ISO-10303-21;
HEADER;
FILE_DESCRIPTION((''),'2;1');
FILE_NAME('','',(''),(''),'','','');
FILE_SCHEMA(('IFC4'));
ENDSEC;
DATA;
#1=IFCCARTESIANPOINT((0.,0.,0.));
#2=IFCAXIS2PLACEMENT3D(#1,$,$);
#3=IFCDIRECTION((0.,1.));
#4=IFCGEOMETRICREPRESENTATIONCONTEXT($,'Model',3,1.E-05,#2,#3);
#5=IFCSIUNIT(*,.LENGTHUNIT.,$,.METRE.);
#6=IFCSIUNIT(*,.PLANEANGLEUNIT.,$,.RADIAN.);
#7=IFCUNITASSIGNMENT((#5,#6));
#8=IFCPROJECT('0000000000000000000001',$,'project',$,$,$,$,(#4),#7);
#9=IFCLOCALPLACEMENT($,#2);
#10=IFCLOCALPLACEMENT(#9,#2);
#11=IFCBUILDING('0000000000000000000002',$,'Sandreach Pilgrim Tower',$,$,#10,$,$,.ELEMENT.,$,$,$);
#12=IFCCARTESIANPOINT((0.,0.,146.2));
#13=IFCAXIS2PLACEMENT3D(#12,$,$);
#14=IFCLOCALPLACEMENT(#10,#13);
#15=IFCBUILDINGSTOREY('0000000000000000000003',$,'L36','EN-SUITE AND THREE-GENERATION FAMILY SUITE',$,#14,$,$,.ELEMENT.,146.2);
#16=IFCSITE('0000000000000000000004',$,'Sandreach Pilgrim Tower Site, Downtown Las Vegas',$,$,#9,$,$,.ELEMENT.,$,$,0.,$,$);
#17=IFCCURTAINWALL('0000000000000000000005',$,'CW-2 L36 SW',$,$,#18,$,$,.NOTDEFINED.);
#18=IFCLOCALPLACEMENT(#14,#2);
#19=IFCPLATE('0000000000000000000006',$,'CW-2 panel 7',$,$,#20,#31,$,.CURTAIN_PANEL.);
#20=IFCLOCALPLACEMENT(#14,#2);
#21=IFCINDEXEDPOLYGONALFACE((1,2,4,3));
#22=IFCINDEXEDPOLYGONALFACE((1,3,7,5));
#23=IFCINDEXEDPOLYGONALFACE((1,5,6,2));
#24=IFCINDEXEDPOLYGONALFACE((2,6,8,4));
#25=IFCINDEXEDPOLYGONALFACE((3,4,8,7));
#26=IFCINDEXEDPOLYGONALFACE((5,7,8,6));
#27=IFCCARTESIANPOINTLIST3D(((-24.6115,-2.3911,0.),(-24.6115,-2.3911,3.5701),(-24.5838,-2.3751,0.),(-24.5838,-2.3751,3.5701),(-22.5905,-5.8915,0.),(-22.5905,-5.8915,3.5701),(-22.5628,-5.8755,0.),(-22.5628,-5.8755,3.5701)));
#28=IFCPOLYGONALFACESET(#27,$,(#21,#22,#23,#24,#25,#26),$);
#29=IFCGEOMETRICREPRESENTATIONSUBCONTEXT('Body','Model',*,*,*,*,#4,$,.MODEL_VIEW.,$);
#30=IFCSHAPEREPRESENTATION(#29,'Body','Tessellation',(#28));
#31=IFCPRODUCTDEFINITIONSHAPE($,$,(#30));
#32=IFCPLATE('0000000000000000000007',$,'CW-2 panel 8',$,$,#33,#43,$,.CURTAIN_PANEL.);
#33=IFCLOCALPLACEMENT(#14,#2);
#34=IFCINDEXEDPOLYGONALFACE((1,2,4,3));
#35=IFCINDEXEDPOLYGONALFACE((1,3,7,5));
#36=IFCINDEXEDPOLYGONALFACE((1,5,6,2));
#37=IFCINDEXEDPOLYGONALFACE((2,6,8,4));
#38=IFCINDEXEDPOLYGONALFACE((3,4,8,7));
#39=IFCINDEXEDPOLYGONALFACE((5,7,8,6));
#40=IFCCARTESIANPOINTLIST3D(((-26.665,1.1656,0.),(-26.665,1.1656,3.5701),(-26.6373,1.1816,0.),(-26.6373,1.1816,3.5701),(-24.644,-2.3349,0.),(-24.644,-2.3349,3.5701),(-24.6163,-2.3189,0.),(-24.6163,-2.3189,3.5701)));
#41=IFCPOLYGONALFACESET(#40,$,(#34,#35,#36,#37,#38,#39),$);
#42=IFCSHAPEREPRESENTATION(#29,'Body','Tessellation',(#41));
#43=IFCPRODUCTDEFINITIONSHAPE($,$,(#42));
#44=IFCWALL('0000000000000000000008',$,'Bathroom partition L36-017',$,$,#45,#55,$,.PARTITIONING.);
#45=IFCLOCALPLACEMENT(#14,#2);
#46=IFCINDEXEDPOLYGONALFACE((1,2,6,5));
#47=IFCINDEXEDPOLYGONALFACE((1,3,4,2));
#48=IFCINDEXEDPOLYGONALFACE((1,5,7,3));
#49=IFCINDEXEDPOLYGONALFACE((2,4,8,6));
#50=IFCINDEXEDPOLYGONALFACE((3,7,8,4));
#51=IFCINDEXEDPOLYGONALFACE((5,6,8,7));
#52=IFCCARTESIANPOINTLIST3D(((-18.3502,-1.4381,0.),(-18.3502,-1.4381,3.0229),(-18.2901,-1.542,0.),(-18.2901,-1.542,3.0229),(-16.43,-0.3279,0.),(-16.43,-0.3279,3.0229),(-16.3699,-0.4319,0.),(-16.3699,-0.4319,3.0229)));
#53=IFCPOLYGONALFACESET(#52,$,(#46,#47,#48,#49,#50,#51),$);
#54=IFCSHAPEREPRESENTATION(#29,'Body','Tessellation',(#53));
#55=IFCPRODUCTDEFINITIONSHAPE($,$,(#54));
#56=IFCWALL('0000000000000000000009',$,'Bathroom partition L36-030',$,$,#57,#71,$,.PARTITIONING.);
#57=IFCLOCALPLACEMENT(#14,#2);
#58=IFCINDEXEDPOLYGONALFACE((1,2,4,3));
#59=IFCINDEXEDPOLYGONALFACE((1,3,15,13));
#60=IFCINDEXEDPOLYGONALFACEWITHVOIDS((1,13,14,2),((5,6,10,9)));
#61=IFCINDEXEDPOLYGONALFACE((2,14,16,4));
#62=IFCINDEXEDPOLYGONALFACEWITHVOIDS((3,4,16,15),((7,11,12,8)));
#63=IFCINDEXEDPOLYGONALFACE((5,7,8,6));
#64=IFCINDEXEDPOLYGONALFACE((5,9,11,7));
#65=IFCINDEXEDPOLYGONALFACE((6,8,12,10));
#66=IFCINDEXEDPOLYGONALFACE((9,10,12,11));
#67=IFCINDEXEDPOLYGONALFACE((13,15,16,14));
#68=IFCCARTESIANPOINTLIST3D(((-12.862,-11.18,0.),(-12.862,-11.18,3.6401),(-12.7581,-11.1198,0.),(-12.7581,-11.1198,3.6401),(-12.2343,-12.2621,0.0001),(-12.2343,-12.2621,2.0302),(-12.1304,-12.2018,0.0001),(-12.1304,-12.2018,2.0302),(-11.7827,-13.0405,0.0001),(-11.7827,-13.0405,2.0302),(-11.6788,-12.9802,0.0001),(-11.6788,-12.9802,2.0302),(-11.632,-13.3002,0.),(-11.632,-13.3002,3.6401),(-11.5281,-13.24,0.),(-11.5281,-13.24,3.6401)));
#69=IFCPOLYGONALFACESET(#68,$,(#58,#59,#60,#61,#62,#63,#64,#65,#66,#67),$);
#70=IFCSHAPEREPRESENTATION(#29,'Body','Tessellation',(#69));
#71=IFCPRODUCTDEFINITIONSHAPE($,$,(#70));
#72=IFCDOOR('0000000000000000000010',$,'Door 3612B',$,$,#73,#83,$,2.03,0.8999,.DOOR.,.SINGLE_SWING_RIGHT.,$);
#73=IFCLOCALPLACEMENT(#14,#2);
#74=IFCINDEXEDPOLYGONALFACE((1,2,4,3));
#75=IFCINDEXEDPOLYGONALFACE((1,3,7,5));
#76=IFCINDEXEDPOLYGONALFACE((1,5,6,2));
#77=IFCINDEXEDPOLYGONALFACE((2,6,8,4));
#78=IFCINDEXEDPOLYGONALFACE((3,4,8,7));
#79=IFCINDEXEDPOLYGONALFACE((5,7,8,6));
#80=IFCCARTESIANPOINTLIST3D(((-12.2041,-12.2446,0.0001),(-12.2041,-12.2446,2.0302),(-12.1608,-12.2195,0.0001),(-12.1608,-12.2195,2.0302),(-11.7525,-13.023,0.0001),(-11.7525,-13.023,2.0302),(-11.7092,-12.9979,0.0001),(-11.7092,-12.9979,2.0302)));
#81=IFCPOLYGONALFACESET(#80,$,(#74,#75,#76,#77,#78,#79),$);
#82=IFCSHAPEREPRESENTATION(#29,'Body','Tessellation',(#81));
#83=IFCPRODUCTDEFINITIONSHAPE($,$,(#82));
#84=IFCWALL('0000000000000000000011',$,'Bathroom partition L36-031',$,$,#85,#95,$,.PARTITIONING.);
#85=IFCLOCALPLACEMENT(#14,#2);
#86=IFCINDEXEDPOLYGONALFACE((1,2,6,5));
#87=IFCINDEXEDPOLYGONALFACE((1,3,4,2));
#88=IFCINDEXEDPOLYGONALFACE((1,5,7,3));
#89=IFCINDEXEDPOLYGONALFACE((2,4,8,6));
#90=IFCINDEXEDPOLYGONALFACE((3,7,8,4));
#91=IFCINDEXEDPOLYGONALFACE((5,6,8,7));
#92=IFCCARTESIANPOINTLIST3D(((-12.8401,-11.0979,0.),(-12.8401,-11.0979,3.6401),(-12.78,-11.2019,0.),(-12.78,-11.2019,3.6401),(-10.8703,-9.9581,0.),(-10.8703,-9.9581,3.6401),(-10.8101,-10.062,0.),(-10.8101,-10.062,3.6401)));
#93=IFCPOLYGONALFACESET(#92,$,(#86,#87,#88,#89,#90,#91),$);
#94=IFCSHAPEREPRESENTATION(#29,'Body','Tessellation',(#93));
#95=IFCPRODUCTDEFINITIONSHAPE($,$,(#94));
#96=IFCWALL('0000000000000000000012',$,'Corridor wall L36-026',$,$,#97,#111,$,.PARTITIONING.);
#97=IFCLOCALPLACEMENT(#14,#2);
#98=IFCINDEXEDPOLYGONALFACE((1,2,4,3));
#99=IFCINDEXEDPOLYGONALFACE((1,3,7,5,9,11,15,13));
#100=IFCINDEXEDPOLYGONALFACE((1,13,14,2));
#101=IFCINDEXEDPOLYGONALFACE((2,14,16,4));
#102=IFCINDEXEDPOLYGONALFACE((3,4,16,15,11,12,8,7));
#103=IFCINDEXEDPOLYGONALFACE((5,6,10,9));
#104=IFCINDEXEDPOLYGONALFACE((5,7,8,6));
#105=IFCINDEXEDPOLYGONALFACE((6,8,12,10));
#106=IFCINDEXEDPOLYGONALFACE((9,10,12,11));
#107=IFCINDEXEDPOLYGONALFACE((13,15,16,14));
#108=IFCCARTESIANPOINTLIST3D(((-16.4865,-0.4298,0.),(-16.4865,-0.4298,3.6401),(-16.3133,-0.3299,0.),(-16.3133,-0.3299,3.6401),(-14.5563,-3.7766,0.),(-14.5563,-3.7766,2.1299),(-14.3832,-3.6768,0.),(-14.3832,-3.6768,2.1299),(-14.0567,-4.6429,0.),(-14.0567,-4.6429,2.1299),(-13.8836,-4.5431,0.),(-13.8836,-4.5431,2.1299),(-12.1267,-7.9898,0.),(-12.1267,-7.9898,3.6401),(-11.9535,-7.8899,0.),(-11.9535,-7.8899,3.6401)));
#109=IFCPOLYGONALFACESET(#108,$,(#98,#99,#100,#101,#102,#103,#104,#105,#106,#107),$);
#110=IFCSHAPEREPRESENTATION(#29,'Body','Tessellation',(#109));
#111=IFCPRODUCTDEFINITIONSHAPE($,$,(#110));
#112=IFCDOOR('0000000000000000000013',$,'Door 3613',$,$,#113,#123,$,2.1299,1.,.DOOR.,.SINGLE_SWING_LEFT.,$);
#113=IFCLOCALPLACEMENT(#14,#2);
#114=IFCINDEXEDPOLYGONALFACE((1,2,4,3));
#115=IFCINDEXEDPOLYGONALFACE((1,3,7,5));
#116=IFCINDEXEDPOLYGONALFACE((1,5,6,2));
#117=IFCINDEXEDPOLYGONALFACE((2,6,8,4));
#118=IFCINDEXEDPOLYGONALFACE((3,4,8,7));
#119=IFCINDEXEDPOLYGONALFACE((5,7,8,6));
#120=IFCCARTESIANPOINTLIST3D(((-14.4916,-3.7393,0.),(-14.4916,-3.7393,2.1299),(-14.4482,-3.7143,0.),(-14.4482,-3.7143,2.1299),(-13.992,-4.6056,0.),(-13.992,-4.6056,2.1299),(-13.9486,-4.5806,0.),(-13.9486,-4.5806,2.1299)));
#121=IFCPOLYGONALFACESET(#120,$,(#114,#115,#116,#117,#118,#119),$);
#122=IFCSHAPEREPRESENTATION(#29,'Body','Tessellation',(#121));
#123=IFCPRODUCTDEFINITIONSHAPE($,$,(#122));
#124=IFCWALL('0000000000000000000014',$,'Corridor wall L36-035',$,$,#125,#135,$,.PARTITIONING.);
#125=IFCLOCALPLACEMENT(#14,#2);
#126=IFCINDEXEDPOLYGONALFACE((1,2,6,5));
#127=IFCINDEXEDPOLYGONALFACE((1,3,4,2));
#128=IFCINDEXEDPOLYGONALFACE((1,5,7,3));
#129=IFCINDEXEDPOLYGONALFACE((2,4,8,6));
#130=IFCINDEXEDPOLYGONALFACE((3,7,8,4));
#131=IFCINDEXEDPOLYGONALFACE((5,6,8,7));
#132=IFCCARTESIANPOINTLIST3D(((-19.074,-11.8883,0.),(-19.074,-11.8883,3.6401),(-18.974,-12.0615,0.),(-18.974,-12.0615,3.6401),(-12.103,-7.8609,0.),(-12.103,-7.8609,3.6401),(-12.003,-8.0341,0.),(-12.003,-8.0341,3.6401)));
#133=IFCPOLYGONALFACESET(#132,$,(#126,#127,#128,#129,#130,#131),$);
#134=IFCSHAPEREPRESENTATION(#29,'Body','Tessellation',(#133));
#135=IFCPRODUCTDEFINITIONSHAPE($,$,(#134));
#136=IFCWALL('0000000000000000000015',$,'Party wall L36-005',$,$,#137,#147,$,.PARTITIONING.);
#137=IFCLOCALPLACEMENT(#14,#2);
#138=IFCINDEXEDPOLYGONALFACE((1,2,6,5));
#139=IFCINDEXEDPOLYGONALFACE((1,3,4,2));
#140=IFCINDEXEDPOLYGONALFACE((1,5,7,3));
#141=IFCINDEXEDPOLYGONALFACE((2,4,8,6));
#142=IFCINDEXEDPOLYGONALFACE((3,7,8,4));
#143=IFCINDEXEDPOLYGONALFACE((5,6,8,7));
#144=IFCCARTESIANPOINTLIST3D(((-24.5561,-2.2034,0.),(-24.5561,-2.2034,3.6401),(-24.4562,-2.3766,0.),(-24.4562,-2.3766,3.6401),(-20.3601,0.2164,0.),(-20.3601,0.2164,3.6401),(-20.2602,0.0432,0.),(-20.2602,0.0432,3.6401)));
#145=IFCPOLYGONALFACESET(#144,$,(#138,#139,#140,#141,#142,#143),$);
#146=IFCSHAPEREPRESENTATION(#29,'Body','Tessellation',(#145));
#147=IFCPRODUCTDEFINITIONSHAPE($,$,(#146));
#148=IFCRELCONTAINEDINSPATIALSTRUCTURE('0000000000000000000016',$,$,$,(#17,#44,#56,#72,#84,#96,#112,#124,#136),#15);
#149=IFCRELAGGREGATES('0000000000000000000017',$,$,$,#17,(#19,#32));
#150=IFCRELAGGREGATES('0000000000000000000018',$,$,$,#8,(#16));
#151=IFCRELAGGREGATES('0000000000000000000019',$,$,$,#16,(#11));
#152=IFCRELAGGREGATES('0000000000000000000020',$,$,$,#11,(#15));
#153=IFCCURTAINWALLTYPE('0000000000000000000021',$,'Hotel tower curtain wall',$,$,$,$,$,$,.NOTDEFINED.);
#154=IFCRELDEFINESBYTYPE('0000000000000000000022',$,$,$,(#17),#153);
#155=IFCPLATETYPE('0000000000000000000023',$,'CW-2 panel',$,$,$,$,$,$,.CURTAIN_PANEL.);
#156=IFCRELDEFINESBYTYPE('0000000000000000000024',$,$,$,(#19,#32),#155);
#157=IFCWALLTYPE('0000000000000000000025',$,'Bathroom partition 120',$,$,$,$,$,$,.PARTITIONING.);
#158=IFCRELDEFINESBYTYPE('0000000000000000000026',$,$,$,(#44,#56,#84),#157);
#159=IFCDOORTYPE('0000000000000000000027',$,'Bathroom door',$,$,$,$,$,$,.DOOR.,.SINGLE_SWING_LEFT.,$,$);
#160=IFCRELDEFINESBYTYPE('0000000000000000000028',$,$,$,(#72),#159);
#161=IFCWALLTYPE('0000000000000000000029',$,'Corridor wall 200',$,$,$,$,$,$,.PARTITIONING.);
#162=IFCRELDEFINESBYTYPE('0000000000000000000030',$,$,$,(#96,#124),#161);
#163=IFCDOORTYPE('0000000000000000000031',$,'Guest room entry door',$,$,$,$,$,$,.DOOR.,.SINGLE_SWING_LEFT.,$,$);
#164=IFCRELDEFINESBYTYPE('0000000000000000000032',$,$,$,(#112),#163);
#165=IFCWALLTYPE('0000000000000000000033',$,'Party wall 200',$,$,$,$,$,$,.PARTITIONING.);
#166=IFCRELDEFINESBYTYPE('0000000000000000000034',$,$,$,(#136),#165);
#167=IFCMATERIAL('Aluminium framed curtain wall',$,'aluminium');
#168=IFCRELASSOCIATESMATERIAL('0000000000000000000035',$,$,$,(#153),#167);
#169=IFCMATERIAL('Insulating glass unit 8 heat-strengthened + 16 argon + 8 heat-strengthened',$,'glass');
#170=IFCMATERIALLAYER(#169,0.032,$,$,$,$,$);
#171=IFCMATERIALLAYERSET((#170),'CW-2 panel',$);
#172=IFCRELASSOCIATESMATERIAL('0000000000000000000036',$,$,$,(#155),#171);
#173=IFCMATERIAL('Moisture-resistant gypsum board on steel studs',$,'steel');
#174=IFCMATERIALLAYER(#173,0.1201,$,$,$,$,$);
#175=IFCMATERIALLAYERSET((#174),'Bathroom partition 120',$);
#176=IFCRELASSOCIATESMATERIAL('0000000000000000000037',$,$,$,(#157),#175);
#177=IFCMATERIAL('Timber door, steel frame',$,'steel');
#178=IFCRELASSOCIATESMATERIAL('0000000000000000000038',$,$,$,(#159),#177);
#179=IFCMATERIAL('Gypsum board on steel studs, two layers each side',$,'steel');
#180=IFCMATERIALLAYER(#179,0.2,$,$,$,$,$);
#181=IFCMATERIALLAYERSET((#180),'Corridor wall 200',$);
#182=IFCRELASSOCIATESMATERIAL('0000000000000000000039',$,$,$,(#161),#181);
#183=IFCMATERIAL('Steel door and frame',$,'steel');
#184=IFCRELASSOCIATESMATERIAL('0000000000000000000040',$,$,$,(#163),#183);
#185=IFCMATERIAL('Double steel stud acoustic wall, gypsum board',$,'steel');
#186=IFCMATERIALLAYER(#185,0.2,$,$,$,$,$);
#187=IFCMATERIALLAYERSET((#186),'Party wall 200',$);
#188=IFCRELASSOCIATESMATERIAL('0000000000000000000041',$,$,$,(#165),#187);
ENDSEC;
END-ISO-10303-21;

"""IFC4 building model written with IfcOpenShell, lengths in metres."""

from ifc_helpers import new_model, si_unit, direction, frame, frame_2d, origin, origin_2d, place, context, subcontext, project, spatial, rectangle, extrude, material, layer, layer_set, type_object, element, fill, aggregate, save


model = new_model("IFC4")

# Units and contexts
model_context = context("Model", 3, precision=1e-05, world=origin(), true_north=direction((0.0, 1.0)))
body_context = subcontext(model_context, "Body", "Model", "MODEL_VIEW")
ifc_project = project(units=[si_unit("LENGTHUNIT", "METRE"), si_unit("PLANEANGLEUNIT", "RADIAN")], contexts=[model_context])

# Site, building, storey
site_placement = place(None, origin())
site = spatial("IfcSite", under=ifc_project, at=site_placement, Name="Sandreach Pilgrim Tower Site, Downtown Las Vegas", CompositionType="ELEMENT", RefElevation=0.0)
building_placement = place(site_placement, origin())
building = spatial("IfcBuilding", under=site, at=building_placement, Name="Sandreach Pilgrim Tower", CompositionType="ELEMENT")
storey_placement = place(building_placement, frame((0.0, 0.0, 146.2)))
storey = spatial("IfcBuildingStorey", under=building, at=storey_placement, Name="L36", Description="EN-SUITE AND THREE-GENERATION FAMILY SUITE", CompositionType="ELEMENT", Elevation=146.2)

# Curtain wall
ifc_material_1 = material(Name="Aluminium framed curtain wall", Category="aluminium")
curtain_wall_type = type_object("IfcCurtainWallType", Name="Hotel tower curtain wall", PredefinedType="NOTDEFINED", material=ifc_material_1)
curtain_wall_placement = place(storey_placement, origin())
curtain_wall = element("IfcCurtainWall", 1, at=curtain_wall_placement, inside=storey, type_object=curtain_wall_type, Name="CW-2 L36 SW", PredefinedType="NOTDEFINED")

# Plates
ifc_material_2 = material(Name="Insulating glass unit 8 heat-strengthened + 16 argon + 8 heat-strengthened", Category="glass")
ifc_layer_1 = layer(ifc_material_2, 0.032)
ifc_layer_set_1 = layer_set([ifc_layer_1], Name="CW-2 panel")
plate_type = type_object("IfcPlateType", Name="CW-2 panel", PredefinedType="CURTAIN_PANEL", material=ifc_layer_set_1)
plate_1_placement = place(storey_placement, frame((-23.5872, -4.1333, 0.0), z_axis=(0.0, 0.0, 1.0), x_axis=(-0.5, 0.866025, 0.0)))
plate_1 = element("IfcPlate", 2, at=plate_1_placement, type_object=plate_type, Name="CW-2 panel 7", PredefinedType="CURTAIN_PANEL", context=body_context, shape_type="SweptSolid", body=[
    extrude(rectangle(XDim=4.042, YDim=0.032, at=origin_2d()), origin(), (0.0, 0.0, 1.0), 3.5701),
])
plate_2_placement = place(storey_placement, frame((-25.6406, -0.5767, 0.0), z_axis=(0.0, 0.0, 1.0), x_axis=(-0.5, 0.866025, 0.0)))
plate_2 = element("IfcPlate", 3, at=plate_2_placement, type_object=plate_type, Name="CW-2 panel 8", PredefinedType="CURTAIN_PANEL", context=body_context, shape_type="SweptSolid", body=[
    extrude(rectangle(XDim=4.042, YDim=0.032, at=origin_2d()), origin(), (0.0, 0.0, 1.0), 3.5701),
])
aggregate(curtain_wall, [plate_1, plate_2])

# Wall
ifc_material_3 = material(Name="Moisture-resistant gypsum board on steel studs", Category="steel")
ifc_layer_2 = layer(ifc_material_3, 0.1201)
ifc_layer_set_2 = layer_set([ifc_layer_2], Name="Bathroom partition 120")
wall_type_1 = type_object("IfcWallType", Name="Bathroom partition 120", PredefinedType="PARTITIONING", material=ifc_layer_set_2)
wall_1_placement = place(storey_placement, frame((-18.3201, -1.49, 0.0), z_axis=(0.0, 0.0, 1.0), x_axis=(0.865733, 0.500507, 0.0)))
element("IfcWall", 4, at=wall_1_placement, inside=storey, type_object=wall_type_1, Name="Bathroom partition L36-017", PredefinedType="PARTITIONING", context=body_context, shape_type="SweptSolid", body=[
    extrude(rectangle(XDim=2.218, YDim=0.1201, at=frame_2d((1.1089, 0.0))), origin(), (0.0, 0.0, 1.0), 3.0229),
])

# Wall, opening, door
wall_2_placement = place(storey_placement, frame((-12.8101, -11.1499, 0.0), z_axis=(0.0, 0.0, 1.0), x_axis=(0.501813, -0.864976, 0.0)))
wall_2 = element("IfcWall", 5, at=wall_2_placement, inside=storey, type_object=wall_type_1, Name="Bathroom partition L36-030", PredefinedType="PARTITIONING", context=body_context, shape_type="SweptSolid", body=[
    extrude(rectangle(XDim=2.4512, YDim=0.1201, at=frame_2d((1.2256, 0.0))), origin(), (0.0, 0.0, 1.0), 3.6401),
])
opening_1_placement = place(wall_2_placement, frame((1.251, 0.0, 0.0)))
opening_1 = element("IfcOpeningElement", 6, at=opening_1_placement, cuts=wall_2, PredefinedType="OPENING", context=body_context, shape_type="SweptSolid", body=[
    extrude(rectangle(XDim=0.8999, YDim=2.03, at=frame_2d((0.45, 1.0151))), frame((0.0, 0.0601, 0.0), z_axis=(0.0, -1.0, 0.0), x_axis=(1.0, 0.0, 0.0)), (0.0, 0.0, 1.0), 0.1201),
])
ifc_material_4 = material(Name="Timber door, steel frame", Category="steel")
door_type_1 = type_object("IfcDoorType", Name="Bathroom door", OperationType="SINGLE_SWING_LEFT", PredefinedType="DOOR", material=ifc_material_4)
door_1_placement = place(opening_1_placement, origin())
door_1 = element("IfcDoor", 7, at=door_1_placement, inside=storey, type_object=door_type_1, Name="Door 3612B", OperationType="SINGLE_SWING_RIGHT", OverallHeight=2.03, OverallWidth=0.8999, PredefinedType="DOOR", context=body_context, shape_type="SweptSolid", body=[
    extrude(rectangle(XDim=0.8999, YDim=2.03, at=frame_2d((0.45, 1.0151))), frame((0.0, 0.0249, 0.0), z_axis=(0.0, -1.0, 0.0), x_axis=(1.0, 0.0, 0.0)), (0.0, 0.0, 1.0), 0.05),
])
fill(opening_1, door_1)

# Wall
wall_3_placement = place(storey_placement, frame((-12.8101, -11.1499, 0.0), z_axis=(0.0, 0.0, 1.0), x_axis=(0.865544, 0.500833, 0.0)))
element("IfcWall", 8, at=wall_3_placement, inside=storey, type_object=wall_type_1, Name="Bathroom partition L36-031", PredefinedType="PARTITIONING", context=body_context, shape_type="SweptSolid", body=[
    extrude(rectangle(XDim=2.2759, YDim=0.1201, at=frame_2d((1.1379, 0.0))), origin(), (0.0, 0.0, 1.0), 3.6401),
])

# Wall, opening, door
ifc_material_5 = material(Name="Gypsum board on steel studs, two layers each side", Category="steel")
ifc_layer_3 = layer(ifc_material_5, 0.2)
ifc_layer_set_3 = layer_set([ifc_layer_3], Name="Corridor wall 200")
wall_type_2 = type_object("IfcWallType", Name="Corridor wall 200", PredefinedType="PARTITIONING", material=ifc_layer_set_3)
wall_4_placement = place(storey_placement, frame((-16.3999, -0.3799, 0.0), z_axis=(0.0, 0.0, 1.0), x_axis=(0.499576, -0.86627, 0.0)))
wall_4 = element("IfcWall", 9, at=wall_4_placement, inside=storey, type_object=wall_type_2, Name="Corridor wall L36-026", PredefinedType="PARTITIONING", context=body_context, shape_type="SweptSolid", body=[
    extrude(rectangle(XDim=8.7271, YDim=0.2, at=frame_2d((4.3635, 0.0))), origin(), (0.0, 0.0, 1.0), 3.6401),
])
opening_2_placement = place(wall_4_placement, frame((3.8635, 0.0, 0.0)))
opening_2 = element("IfcOpeningElement", 10, at=opening_2_placement, cuts=wall_4, PredefinedType="OPENING", context=body_context, shape_type="SweptSolid", body=[
    extrude(rectangle(XDim=1.0, YDim=2.1299, at=frame_2d((0.5, 1.0649))), frame((0.0, 0.1001, 0.0), z_axis=(0.0, -1.0, 0.0), x_axis=(1.0, 0.0, 0.0)), (0.0, 0.0, 1.0), 0.2),
])
ifc_material_6 = material(Name="Steel door and frame", Category="steel")
door_type_2 = type_object("IfcDoorType", Name="Guest room entry door", OperationType="SINGLE_SWING_LEFT", PredefinedType="DOOR", material=ifc_material_6)
door_2_placement = place(opening_2_placement, origin())
door_2 = element("IfcDoor", 11, at=door_2_placement, inside=storey, type_object=door_type_2, Name="Door 3613", OperationType="SINGLE_SWING_LEFT", OverallHeight=2.1299, OverallWidth=1.0, PredefinedType="DOOR", context=body_context, shape_type="SweptSolid", body=[
    extrude(rectangle(XDim=1.0, YDim=2.1299, at=frame_2d((0.5, 1.0649))), frame((0.0, 0.0249, 0.0), z_axis=(0.0, -1.0, 0.0), x_axis=(1.0, 0.0, 0.0)), (0.0, 0.0, 1.0), 0.05),
])
fill(opening_2, door_2)

# Walls
wall_5_placement = place(storey_placement, frame((-12.053, -7.9475, 0.0), z_axis=(0.0, 0.0, 1.0), x_axis=(-0.865882, -0.500248, 0.0)))
element("IfcWall", 12, at=wall_5_placement, inside=storey, type_object=wall_type_2, Name="Corridor wall L36-035", PredefinedType="PARTITIONING", context=body_context, shape_type="SweptSolid", body=[
    extrude(rectangle(XDim=8.0508, YDim=0.2, at=frame_2d((4.0254, 0.0))), origin(), (0.0, 0.0, 1.0), 3.6401),
])
ifc_material_7 = material(Name="Double steel stud acoustic wall, gypsum board", Category="steel")
ifc_layer_4 = layer(ifc_material_7, 0.2)
ifc_layer_set_4 = layer_set([ifc_layer_4], Name="Party wall 200")
wall_type_3 = type_object("IfcWallType", Name="Party wall 200", PredefinedType="PARTITIONING", material=ifc_layer_set_4)
wall_6_placement = place(storey_placement, frame((-24.5061, -2.29, 0.0), z_axis=(0.0, 0.0, 1.0), x_axis=(0.866264, 0.499587, 0.0)))
element("IfcWall", 13, at=wall_6_placement, inside=storey, type_object=wall_type_3, Name="Party wall L36-005", PredefinedType="PARTITIONING", context=body_context, shape_type="SweptSolid", body=[
    extrude(rectangle(XDim=4.8438, YDim=0.2, at=frame_2d((2.4219, 0.0))), origin(), (0.0, 0.0, 1.0), 3.6401),
])

save(model, "model.ifc")
